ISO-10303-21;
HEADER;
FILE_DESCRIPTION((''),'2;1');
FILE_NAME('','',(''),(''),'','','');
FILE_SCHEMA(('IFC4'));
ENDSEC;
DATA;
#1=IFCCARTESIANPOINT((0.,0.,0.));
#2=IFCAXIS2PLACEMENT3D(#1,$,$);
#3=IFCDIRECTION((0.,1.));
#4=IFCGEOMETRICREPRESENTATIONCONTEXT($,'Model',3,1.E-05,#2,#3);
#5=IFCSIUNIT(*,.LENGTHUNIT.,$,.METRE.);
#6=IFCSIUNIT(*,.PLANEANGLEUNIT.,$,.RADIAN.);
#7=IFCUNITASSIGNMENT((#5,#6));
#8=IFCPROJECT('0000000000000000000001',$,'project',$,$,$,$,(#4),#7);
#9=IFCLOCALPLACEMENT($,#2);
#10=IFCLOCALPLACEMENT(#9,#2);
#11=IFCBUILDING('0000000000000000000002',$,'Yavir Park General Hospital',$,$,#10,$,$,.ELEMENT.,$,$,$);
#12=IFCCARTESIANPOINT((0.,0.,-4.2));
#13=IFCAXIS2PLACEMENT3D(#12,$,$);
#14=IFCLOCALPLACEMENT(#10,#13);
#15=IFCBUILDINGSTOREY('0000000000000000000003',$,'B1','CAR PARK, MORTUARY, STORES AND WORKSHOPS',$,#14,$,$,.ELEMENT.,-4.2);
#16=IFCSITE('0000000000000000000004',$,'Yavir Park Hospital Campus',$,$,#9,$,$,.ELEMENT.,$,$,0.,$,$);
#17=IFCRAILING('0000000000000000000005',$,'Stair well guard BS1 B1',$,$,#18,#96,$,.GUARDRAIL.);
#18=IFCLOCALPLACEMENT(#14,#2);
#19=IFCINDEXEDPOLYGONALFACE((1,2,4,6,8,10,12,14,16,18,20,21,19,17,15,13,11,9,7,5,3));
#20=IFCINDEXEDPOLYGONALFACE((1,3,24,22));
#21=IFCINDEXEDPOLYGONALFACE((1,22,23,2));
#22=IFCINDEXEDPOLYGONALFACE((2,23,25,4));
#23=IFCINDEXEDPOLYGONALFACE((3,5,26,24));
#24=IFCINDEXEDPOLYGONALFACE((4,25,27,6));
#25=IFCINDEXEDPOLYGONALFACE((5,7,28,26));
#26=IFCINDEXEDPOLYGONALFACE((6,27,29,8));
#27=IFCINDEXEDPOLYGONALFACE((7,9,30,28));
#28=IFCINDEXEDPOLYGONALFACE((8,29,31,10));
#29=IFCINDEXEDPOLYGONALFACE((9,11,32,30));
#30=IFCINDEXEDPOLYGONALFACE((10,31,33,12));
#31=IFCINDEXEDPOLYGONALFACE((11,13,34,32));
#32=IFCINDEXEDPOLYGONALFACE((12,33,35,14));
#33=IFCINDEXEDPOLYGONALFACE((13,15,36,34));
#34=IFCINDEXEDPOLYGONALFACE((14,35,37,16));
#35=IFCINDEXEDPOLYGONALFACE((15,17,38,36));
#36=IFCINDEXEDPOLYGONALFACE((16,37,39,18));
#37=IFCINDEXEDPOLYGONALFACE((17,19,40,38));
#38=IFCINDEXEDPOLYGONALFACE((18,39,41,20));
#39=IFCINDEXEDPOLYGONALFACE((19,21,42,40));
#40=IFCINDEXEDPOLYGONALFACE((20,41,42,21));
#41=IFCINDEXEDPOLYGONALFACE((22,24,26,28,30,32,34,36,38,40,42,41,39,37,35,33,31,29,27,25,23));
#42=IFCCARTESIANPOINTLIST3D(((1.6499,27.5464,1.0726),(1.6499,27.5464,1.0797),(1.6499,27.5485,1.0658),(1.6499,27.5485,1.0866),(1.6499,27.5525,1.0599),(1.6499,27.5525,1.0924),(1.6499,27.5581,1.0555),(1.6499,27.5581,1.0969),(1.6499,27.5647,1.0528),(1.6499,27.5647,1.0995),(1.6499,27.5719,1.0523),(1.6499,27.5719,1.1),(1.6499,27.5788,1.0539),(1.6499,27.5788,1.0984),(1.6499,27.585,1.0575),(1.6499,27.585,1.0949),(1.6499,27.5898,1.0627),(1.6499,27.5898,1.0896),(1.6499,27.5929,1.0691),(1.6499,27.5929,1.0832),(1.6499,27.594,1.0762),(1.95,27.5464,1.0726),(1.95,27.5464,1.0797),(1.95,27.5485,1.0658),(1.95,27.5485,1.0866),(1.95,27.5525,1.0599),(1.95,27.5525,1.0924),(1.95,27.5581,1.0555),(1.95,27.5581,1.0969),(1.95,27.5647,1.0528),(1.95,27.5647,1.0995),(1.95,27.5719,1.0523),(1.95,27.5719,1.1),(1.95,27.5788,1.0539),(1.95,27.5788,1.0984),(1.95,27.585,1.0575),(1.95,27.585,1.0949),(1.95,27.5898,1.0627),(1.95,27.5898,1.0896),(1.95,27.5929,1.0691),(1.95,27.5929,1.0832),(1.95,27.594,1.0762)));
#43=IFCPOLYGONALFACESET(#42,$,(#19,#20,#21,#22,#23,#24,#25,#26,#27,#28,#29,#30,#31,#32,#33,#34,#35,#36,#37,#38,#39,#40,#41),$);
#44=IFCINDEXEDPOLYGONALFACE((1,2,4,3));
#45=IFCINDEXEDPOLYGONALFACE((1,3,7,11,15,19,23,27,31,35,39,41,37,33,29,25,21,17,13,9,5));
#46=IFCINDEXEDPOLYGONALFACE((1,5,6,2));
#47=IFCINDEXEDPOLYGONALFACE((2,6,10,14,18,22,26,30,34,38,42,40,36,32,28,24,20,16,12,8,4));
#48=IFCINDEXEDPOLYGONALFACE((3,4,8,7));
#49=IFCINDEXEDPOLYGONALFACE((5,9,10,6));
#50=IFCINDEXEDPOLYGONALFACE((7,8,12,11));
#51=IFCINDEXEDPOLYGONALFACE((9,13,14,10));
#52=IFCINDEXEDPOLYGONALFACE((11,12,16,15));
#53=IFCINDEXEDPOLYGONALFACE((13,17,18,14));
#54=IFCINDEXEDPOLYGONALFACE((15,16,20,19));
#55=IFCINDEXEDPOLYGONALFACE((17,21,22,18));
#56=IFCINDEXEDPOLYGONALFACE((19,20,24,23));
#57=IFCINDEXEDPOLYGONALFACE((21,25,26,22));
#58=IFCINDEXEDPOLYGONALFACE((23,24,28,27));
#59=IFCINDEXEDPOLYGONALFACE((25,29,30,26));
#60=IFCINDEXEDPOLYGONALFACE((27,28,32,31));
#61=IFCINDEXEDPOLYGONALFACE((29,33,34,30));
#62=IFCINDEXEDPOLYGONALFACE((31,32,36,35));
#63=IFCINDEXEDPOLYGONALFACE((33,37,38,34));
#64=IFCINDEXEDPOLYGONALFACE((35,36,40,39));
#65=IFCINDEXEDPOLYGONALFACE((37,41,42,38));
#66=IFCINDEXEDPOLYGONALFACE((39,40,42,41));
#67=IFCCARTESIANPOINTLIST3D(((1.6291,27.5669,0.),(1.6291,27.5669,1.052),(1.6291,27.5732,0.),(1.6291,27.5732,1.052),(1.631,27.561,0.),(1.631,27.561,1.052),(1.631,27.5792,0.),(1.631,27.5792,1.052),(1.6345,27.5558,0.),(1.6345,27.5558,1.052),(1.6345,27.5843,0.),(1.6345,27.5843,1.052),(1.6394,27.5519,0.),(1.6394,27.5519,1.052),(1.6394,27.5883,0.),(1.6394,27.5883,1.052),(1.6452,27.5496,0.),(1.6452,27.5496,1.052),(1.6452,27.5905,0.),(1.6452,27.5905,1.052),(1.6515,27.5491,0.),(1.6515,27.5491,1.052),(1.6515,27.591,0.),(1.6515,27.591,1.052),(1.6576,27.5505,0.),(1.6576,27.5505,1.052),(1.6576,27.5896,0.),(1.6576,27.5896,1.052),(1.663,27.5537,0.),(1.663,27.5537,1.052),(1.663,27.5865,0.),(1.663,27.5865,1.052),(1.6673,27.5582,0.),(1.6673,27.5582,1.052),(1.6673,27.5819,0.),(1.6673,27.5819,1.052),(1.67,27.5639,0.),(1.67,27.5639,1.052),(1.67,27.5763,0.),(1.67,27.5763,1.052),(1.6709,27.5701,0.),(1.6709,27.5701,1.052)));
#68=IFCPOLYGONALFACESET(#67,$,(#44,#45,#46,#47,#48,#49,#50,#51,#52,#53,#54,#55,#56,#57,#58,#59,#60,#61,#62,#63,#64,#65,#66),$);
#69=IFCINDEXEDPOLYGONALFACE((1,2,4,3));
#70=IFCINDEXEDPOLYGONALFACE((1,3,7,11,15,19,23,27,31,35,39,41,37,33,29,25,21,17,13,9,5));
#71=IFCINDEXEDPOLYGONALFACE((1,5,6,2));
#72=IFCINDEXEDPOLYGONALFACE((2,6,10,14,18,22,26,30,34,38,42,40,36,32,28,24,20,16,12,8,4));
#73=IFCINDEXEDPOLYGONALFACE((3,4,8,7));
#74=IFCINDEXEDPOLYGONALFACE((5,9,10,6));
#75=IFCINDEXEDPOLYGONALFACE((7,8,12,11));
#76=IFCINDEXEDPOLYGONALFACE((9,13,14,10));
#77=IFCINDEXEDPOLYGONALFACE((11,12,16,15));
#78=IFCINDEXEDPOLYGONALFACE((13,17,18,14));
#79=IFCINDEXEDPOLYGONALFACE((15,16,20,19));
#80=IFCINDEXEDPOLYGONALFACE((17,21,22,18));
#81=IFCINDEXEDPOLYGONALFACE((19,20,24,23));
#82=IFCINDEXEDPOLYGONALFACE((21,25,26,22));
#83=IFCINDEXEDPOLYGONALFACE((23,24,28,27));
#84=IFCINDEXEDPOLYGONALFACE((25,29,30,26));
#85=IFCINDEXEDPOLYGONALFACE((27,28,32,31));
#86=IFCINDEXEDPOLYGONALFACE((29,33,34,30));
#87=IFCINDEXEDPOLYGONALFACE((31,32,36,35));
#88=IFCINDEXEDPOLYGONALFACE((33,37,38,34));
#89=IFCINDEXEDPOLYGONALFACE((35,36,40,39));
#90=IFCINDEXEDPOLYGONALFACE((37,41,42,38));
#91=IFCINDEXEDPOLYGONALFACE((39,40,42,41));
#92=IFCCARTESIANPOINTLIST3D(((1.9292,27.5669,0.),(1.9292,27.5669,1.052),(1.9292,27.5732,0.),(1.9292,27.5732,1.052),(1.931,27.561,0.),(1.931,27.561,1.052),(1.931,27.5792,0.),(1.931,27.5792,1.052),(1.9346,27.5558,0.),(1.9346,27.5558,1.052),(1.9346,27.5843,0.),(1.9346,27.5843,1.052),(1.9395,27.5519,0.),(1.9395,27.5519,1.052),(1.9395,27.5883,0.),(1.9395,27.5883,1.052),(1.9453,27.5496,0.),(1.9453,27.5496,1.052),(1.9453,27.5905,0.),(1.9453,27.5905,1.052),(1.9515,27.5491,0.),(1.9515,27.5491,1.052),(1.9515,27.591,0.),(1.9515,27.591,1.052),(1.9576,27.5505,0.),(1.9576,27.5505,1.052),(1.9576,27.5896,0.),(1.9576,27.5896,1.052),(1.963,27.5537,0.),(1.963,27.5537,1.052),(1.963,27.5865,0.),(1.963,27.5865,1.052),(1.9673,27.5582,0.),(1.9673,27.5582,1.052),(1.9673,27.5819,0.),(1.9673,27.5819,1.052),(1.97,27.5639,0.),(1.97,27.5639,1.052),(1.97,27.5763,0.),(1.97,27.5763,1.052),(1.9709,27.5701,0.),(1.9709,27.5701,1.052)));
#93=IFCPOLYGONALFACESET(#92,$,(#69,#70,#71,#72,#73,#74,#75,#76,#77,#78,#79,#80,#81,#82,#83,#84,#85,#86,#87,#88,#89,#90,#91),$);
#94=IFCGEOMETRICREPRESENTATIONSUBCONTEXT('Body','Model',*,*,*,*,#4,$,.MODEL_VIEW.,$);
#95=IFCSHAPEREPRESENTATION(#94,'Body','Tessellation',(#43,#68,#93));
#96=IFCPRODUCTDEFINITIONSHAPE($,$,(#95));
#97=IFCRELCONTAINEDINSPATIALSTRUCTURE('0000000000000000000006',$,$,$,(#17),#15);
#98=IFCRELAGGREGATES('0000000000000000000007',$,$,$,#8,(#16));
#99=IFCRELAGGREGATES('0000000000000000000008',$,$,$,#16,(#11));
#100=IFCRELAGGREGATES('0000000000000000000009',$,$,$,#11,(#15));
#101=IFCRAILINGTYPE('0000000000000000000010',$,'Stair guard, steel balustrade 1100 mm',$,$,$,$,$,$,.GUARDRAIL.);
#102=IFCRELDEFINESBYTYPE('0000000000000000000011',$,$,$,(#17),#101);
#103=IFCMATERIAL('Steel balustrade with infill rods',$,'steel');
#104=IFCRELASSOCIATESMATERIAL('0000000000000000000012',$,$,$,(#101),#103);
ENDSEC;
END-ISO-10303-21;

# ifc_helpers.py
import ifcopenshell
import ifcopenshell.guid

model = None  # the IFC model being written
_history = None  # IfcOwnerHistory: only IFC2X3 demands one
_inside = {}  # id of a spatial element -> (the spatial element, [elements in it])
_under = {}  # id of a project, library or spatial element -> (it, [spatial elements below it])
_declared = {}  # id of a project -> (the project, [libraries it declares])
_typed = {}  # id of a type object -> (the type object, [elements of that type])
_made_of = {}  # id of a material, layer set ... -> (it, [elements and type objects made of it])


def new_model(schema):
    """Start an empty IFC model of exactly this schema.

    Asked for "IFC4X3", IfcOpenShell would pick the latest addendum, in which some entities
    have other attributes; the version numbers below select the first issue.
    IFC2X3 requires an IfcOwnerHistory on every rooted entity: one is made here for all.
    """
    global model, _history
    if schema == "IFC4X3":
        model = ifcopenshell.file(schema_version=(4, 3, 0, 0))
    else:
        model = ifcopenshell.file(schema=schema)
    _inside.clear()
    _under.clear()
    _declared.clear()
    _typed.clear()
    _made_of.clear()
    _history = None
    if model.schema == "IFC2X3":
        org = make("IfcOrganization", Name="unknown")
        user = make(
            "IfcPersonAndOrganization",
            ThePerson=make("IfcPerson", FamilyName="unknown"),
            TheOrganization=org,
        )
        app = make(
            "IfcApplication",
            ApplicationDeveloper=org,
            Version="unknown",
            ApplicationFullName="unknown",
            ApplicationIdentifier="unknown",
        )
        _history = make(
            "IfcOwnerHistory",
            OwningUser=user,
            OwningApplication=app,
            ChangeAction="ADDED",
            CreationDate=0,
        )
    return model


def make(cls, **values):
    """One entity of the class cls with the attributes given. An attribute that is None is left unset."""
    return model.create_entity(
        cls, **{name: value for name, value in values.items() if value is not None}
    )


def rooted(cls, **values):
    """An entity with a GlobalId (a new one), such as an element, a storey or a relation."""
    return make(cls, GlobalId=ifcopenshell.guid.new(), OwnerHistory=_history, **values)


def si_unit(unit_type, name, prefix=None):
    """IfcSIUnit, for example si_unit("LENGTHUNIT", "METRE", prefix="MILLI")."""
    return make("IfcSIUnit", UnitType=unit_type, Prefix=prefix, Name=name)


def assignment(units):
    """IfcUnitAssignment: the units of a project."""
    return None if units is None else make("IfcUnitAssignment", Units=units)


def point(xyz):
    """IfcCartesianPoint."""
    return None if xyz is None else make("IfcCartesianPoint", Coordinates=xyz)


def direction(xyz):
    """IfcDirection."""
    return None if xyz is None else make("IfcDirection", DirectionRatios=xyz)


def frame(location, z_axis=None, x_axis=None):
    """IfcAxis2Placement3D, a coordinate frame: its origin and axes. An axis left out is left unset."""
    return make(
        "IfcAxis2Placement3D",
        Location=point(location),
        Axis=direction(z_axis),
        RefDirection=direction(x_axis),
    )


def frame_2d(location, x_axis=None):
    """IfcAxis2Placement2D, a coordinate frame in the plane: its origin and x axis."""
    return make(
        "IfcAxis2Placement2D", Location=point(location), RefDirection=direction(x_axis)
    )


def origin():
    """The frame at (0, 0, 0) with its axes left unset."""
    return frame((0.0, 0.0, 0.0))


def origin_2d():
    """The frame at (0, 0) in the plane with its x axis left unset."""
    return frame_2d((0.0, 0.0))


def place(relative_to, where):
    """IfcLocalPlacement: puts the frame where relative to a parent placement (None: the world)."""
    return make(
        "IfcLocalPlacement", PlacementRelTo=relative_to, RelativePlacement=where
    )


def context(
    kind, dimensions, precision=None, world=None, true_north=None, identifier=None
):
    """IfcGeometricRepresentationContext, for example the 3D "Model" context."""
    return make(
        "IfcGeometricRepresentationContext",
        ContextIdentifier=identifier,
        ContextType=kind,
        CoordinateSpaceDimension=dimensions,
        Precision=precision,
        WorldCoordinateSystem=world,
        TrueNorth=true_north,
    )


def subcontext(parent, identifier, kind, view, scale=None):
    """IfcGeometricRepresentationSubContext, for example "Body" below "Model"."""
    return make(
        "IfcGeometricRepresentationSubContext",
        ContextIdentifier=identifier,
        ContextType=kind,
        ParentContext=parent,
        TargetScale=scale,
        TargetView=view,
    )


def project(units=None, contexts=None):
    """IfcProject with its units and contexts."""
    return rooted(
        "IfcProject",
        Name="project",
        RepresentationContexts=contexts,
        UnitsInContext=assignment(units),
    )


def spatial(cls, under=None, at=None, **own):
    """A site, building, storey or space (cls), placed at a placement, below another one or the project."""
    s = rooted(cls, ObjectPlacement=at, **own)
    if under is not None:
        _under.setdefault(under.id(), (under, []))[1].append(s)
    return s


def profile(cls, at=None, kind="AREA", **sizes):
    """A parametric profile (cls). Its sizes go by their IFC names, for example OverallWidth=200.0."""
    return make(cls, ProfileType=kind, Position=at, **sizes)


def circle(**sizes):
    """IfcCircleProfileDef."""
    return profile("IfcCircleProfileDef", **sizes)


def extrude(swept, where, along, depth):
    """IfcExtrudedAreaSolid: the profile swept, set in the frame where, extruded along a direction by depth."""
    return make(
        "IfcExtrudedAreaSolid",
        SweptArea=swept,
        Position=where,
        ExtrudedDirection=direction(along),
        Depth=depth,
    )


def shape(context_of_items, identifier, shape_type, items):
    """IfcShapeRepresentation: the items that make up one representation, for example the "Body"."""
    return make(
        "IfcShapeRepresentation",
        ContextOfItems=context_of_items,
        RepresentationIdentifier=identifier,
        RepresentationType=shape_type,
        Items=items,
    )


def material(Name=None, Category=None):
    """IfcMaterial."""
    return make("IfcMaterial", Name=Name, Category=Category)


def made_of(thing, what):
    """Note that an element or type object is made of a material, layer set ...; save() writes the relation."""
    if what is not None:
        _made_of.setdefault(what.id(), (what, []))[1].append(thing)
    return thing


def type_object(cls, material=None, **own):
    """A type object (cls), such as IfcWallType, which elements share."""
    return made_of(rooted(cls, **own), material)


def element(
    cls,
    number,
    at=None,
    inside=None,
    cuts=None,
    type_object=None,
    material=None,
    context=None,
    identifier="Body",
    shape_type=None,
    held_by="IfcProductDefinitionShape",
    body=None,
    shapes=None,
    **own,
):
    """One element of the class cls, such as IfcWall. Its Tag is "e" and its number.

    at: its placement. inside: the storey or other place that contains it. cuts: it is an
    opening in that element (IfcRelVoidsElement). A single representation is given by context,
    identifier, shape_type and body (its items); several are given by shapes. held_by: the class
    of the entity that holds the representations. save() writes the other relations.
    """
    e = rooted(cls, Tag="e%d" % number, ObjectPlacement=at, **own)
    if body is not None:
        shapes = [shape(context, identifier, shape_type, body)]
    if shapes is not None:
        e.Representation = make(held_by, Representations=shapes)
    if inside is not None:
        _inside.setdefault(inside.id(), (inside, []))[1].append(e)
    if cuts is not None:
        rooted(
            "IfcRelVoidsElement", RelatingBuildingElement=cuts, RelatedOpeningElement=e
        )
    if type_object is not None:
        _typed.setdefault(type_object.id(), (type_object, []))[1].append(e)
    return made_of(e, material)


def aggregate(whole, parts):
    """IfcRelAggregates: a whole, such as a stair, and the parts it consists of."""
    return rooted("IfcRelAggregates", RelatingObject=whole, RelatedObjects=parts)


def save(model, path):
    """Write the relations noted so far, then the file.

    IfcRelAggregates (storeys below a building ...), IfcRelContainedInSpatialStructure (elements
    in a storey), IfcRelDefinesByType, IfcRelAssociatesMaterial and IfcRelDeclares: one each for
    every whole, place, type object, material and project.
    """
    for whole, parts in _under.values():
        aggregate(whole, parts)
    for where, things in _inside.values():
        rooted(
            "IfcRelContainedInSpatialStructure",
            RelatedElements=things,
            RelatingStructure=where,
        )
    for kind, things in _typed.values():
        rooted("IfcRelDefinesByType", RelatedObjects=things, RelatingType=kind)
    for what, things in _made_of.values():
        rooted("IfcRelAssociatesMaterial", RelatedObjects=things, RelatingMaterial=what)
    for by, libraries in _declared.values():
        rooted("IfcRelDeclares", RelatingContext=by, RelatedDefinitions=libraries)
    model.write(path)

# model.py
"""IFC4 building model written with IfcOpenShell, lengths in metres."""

from ifc_helpers import new_model, si_unit, direction, frame, origin, origin_2d, place, context, subcontext, project, spatial, circle, extrude, material, type_object, element, save


model = new_model("IFC4")

# Units and contexts
model_context = context("Model", 3, precision=1e-05, world=origin(), true_north=direction((0.0, 1.0)))
body_context = subcontext(model_context, "Body", "Model", "MODEL_VIEW")
ifc_project = project(units=[si_unit("LENGTHUNIT", "METRE"), si_unit("PLANEANGLEUNIT", "RADIAN")], contexts=[model_context])

# Site, building, storey
site_placement = place(None, origin())
site = spatial("IfcSite", under=ifc_project, at=site_placement, Name="Yavir Park Hospital Campus", CompositionType="ELEMENT", RefElevation=0.0)
building_placement = place(site_placement, origin())
building = spatial("IfcBuilding", under=site, at=building_placement, Name="Yavir Park General Hospital", CompositionType="ELEMENT")
storey_placement = place(building_placement, frame((0.0, 0.0, -4.2)))
storey = spatial("IfcBuildingStorey", under=building, at=storey_placement, Name="B1", Description="CAR PARK, MORTUARY, STORES AND WORKSHOPS", CompositionType="ELEMENT", Elevation=-4.2)

# Railing
ifc_material_1 = material(Name="Steel balustrade with infill rods", Category="steel")
railing_type_1 = type_object("IfcRailingType", Name="Stair guard, steel balustrade 1100 mm", PredefinedType="GUARDRAIL", material=ifc_material_1)
railing_placement = place(storey_placement, frame((1.6499, 27.5701, 0.0)))
element("IfcRailing", 1, at=railing_placement, inside=storey, type_object=railing_type_1, Name="Stair well guard BS1 B1", PredefinedType="GUARDRAIL", context=body_context, shape_type="SweptSolid", body=[
    extrude(circle(Radius=0.0239, at=origin_2d()), frame((0.0, 0.0, 1.0762), z_axis=(1.0, 0.0, 0.0), x_axis=(0.0, 1.0, 0.0)), (0.0, 0.0, 1.0), 0.3),
    extrude(circle(Radius=0.021, at=origin_2d()), origin(), (0.0, 0.0, 1.0), 1.052),
    extrude(circle(Radius=0.021, at=origin_2d()), frame((0.3, 0.0, 0.0)), (0.0, 0.0, 1.0), 1.052),
])

save(model, "model.ifc")
